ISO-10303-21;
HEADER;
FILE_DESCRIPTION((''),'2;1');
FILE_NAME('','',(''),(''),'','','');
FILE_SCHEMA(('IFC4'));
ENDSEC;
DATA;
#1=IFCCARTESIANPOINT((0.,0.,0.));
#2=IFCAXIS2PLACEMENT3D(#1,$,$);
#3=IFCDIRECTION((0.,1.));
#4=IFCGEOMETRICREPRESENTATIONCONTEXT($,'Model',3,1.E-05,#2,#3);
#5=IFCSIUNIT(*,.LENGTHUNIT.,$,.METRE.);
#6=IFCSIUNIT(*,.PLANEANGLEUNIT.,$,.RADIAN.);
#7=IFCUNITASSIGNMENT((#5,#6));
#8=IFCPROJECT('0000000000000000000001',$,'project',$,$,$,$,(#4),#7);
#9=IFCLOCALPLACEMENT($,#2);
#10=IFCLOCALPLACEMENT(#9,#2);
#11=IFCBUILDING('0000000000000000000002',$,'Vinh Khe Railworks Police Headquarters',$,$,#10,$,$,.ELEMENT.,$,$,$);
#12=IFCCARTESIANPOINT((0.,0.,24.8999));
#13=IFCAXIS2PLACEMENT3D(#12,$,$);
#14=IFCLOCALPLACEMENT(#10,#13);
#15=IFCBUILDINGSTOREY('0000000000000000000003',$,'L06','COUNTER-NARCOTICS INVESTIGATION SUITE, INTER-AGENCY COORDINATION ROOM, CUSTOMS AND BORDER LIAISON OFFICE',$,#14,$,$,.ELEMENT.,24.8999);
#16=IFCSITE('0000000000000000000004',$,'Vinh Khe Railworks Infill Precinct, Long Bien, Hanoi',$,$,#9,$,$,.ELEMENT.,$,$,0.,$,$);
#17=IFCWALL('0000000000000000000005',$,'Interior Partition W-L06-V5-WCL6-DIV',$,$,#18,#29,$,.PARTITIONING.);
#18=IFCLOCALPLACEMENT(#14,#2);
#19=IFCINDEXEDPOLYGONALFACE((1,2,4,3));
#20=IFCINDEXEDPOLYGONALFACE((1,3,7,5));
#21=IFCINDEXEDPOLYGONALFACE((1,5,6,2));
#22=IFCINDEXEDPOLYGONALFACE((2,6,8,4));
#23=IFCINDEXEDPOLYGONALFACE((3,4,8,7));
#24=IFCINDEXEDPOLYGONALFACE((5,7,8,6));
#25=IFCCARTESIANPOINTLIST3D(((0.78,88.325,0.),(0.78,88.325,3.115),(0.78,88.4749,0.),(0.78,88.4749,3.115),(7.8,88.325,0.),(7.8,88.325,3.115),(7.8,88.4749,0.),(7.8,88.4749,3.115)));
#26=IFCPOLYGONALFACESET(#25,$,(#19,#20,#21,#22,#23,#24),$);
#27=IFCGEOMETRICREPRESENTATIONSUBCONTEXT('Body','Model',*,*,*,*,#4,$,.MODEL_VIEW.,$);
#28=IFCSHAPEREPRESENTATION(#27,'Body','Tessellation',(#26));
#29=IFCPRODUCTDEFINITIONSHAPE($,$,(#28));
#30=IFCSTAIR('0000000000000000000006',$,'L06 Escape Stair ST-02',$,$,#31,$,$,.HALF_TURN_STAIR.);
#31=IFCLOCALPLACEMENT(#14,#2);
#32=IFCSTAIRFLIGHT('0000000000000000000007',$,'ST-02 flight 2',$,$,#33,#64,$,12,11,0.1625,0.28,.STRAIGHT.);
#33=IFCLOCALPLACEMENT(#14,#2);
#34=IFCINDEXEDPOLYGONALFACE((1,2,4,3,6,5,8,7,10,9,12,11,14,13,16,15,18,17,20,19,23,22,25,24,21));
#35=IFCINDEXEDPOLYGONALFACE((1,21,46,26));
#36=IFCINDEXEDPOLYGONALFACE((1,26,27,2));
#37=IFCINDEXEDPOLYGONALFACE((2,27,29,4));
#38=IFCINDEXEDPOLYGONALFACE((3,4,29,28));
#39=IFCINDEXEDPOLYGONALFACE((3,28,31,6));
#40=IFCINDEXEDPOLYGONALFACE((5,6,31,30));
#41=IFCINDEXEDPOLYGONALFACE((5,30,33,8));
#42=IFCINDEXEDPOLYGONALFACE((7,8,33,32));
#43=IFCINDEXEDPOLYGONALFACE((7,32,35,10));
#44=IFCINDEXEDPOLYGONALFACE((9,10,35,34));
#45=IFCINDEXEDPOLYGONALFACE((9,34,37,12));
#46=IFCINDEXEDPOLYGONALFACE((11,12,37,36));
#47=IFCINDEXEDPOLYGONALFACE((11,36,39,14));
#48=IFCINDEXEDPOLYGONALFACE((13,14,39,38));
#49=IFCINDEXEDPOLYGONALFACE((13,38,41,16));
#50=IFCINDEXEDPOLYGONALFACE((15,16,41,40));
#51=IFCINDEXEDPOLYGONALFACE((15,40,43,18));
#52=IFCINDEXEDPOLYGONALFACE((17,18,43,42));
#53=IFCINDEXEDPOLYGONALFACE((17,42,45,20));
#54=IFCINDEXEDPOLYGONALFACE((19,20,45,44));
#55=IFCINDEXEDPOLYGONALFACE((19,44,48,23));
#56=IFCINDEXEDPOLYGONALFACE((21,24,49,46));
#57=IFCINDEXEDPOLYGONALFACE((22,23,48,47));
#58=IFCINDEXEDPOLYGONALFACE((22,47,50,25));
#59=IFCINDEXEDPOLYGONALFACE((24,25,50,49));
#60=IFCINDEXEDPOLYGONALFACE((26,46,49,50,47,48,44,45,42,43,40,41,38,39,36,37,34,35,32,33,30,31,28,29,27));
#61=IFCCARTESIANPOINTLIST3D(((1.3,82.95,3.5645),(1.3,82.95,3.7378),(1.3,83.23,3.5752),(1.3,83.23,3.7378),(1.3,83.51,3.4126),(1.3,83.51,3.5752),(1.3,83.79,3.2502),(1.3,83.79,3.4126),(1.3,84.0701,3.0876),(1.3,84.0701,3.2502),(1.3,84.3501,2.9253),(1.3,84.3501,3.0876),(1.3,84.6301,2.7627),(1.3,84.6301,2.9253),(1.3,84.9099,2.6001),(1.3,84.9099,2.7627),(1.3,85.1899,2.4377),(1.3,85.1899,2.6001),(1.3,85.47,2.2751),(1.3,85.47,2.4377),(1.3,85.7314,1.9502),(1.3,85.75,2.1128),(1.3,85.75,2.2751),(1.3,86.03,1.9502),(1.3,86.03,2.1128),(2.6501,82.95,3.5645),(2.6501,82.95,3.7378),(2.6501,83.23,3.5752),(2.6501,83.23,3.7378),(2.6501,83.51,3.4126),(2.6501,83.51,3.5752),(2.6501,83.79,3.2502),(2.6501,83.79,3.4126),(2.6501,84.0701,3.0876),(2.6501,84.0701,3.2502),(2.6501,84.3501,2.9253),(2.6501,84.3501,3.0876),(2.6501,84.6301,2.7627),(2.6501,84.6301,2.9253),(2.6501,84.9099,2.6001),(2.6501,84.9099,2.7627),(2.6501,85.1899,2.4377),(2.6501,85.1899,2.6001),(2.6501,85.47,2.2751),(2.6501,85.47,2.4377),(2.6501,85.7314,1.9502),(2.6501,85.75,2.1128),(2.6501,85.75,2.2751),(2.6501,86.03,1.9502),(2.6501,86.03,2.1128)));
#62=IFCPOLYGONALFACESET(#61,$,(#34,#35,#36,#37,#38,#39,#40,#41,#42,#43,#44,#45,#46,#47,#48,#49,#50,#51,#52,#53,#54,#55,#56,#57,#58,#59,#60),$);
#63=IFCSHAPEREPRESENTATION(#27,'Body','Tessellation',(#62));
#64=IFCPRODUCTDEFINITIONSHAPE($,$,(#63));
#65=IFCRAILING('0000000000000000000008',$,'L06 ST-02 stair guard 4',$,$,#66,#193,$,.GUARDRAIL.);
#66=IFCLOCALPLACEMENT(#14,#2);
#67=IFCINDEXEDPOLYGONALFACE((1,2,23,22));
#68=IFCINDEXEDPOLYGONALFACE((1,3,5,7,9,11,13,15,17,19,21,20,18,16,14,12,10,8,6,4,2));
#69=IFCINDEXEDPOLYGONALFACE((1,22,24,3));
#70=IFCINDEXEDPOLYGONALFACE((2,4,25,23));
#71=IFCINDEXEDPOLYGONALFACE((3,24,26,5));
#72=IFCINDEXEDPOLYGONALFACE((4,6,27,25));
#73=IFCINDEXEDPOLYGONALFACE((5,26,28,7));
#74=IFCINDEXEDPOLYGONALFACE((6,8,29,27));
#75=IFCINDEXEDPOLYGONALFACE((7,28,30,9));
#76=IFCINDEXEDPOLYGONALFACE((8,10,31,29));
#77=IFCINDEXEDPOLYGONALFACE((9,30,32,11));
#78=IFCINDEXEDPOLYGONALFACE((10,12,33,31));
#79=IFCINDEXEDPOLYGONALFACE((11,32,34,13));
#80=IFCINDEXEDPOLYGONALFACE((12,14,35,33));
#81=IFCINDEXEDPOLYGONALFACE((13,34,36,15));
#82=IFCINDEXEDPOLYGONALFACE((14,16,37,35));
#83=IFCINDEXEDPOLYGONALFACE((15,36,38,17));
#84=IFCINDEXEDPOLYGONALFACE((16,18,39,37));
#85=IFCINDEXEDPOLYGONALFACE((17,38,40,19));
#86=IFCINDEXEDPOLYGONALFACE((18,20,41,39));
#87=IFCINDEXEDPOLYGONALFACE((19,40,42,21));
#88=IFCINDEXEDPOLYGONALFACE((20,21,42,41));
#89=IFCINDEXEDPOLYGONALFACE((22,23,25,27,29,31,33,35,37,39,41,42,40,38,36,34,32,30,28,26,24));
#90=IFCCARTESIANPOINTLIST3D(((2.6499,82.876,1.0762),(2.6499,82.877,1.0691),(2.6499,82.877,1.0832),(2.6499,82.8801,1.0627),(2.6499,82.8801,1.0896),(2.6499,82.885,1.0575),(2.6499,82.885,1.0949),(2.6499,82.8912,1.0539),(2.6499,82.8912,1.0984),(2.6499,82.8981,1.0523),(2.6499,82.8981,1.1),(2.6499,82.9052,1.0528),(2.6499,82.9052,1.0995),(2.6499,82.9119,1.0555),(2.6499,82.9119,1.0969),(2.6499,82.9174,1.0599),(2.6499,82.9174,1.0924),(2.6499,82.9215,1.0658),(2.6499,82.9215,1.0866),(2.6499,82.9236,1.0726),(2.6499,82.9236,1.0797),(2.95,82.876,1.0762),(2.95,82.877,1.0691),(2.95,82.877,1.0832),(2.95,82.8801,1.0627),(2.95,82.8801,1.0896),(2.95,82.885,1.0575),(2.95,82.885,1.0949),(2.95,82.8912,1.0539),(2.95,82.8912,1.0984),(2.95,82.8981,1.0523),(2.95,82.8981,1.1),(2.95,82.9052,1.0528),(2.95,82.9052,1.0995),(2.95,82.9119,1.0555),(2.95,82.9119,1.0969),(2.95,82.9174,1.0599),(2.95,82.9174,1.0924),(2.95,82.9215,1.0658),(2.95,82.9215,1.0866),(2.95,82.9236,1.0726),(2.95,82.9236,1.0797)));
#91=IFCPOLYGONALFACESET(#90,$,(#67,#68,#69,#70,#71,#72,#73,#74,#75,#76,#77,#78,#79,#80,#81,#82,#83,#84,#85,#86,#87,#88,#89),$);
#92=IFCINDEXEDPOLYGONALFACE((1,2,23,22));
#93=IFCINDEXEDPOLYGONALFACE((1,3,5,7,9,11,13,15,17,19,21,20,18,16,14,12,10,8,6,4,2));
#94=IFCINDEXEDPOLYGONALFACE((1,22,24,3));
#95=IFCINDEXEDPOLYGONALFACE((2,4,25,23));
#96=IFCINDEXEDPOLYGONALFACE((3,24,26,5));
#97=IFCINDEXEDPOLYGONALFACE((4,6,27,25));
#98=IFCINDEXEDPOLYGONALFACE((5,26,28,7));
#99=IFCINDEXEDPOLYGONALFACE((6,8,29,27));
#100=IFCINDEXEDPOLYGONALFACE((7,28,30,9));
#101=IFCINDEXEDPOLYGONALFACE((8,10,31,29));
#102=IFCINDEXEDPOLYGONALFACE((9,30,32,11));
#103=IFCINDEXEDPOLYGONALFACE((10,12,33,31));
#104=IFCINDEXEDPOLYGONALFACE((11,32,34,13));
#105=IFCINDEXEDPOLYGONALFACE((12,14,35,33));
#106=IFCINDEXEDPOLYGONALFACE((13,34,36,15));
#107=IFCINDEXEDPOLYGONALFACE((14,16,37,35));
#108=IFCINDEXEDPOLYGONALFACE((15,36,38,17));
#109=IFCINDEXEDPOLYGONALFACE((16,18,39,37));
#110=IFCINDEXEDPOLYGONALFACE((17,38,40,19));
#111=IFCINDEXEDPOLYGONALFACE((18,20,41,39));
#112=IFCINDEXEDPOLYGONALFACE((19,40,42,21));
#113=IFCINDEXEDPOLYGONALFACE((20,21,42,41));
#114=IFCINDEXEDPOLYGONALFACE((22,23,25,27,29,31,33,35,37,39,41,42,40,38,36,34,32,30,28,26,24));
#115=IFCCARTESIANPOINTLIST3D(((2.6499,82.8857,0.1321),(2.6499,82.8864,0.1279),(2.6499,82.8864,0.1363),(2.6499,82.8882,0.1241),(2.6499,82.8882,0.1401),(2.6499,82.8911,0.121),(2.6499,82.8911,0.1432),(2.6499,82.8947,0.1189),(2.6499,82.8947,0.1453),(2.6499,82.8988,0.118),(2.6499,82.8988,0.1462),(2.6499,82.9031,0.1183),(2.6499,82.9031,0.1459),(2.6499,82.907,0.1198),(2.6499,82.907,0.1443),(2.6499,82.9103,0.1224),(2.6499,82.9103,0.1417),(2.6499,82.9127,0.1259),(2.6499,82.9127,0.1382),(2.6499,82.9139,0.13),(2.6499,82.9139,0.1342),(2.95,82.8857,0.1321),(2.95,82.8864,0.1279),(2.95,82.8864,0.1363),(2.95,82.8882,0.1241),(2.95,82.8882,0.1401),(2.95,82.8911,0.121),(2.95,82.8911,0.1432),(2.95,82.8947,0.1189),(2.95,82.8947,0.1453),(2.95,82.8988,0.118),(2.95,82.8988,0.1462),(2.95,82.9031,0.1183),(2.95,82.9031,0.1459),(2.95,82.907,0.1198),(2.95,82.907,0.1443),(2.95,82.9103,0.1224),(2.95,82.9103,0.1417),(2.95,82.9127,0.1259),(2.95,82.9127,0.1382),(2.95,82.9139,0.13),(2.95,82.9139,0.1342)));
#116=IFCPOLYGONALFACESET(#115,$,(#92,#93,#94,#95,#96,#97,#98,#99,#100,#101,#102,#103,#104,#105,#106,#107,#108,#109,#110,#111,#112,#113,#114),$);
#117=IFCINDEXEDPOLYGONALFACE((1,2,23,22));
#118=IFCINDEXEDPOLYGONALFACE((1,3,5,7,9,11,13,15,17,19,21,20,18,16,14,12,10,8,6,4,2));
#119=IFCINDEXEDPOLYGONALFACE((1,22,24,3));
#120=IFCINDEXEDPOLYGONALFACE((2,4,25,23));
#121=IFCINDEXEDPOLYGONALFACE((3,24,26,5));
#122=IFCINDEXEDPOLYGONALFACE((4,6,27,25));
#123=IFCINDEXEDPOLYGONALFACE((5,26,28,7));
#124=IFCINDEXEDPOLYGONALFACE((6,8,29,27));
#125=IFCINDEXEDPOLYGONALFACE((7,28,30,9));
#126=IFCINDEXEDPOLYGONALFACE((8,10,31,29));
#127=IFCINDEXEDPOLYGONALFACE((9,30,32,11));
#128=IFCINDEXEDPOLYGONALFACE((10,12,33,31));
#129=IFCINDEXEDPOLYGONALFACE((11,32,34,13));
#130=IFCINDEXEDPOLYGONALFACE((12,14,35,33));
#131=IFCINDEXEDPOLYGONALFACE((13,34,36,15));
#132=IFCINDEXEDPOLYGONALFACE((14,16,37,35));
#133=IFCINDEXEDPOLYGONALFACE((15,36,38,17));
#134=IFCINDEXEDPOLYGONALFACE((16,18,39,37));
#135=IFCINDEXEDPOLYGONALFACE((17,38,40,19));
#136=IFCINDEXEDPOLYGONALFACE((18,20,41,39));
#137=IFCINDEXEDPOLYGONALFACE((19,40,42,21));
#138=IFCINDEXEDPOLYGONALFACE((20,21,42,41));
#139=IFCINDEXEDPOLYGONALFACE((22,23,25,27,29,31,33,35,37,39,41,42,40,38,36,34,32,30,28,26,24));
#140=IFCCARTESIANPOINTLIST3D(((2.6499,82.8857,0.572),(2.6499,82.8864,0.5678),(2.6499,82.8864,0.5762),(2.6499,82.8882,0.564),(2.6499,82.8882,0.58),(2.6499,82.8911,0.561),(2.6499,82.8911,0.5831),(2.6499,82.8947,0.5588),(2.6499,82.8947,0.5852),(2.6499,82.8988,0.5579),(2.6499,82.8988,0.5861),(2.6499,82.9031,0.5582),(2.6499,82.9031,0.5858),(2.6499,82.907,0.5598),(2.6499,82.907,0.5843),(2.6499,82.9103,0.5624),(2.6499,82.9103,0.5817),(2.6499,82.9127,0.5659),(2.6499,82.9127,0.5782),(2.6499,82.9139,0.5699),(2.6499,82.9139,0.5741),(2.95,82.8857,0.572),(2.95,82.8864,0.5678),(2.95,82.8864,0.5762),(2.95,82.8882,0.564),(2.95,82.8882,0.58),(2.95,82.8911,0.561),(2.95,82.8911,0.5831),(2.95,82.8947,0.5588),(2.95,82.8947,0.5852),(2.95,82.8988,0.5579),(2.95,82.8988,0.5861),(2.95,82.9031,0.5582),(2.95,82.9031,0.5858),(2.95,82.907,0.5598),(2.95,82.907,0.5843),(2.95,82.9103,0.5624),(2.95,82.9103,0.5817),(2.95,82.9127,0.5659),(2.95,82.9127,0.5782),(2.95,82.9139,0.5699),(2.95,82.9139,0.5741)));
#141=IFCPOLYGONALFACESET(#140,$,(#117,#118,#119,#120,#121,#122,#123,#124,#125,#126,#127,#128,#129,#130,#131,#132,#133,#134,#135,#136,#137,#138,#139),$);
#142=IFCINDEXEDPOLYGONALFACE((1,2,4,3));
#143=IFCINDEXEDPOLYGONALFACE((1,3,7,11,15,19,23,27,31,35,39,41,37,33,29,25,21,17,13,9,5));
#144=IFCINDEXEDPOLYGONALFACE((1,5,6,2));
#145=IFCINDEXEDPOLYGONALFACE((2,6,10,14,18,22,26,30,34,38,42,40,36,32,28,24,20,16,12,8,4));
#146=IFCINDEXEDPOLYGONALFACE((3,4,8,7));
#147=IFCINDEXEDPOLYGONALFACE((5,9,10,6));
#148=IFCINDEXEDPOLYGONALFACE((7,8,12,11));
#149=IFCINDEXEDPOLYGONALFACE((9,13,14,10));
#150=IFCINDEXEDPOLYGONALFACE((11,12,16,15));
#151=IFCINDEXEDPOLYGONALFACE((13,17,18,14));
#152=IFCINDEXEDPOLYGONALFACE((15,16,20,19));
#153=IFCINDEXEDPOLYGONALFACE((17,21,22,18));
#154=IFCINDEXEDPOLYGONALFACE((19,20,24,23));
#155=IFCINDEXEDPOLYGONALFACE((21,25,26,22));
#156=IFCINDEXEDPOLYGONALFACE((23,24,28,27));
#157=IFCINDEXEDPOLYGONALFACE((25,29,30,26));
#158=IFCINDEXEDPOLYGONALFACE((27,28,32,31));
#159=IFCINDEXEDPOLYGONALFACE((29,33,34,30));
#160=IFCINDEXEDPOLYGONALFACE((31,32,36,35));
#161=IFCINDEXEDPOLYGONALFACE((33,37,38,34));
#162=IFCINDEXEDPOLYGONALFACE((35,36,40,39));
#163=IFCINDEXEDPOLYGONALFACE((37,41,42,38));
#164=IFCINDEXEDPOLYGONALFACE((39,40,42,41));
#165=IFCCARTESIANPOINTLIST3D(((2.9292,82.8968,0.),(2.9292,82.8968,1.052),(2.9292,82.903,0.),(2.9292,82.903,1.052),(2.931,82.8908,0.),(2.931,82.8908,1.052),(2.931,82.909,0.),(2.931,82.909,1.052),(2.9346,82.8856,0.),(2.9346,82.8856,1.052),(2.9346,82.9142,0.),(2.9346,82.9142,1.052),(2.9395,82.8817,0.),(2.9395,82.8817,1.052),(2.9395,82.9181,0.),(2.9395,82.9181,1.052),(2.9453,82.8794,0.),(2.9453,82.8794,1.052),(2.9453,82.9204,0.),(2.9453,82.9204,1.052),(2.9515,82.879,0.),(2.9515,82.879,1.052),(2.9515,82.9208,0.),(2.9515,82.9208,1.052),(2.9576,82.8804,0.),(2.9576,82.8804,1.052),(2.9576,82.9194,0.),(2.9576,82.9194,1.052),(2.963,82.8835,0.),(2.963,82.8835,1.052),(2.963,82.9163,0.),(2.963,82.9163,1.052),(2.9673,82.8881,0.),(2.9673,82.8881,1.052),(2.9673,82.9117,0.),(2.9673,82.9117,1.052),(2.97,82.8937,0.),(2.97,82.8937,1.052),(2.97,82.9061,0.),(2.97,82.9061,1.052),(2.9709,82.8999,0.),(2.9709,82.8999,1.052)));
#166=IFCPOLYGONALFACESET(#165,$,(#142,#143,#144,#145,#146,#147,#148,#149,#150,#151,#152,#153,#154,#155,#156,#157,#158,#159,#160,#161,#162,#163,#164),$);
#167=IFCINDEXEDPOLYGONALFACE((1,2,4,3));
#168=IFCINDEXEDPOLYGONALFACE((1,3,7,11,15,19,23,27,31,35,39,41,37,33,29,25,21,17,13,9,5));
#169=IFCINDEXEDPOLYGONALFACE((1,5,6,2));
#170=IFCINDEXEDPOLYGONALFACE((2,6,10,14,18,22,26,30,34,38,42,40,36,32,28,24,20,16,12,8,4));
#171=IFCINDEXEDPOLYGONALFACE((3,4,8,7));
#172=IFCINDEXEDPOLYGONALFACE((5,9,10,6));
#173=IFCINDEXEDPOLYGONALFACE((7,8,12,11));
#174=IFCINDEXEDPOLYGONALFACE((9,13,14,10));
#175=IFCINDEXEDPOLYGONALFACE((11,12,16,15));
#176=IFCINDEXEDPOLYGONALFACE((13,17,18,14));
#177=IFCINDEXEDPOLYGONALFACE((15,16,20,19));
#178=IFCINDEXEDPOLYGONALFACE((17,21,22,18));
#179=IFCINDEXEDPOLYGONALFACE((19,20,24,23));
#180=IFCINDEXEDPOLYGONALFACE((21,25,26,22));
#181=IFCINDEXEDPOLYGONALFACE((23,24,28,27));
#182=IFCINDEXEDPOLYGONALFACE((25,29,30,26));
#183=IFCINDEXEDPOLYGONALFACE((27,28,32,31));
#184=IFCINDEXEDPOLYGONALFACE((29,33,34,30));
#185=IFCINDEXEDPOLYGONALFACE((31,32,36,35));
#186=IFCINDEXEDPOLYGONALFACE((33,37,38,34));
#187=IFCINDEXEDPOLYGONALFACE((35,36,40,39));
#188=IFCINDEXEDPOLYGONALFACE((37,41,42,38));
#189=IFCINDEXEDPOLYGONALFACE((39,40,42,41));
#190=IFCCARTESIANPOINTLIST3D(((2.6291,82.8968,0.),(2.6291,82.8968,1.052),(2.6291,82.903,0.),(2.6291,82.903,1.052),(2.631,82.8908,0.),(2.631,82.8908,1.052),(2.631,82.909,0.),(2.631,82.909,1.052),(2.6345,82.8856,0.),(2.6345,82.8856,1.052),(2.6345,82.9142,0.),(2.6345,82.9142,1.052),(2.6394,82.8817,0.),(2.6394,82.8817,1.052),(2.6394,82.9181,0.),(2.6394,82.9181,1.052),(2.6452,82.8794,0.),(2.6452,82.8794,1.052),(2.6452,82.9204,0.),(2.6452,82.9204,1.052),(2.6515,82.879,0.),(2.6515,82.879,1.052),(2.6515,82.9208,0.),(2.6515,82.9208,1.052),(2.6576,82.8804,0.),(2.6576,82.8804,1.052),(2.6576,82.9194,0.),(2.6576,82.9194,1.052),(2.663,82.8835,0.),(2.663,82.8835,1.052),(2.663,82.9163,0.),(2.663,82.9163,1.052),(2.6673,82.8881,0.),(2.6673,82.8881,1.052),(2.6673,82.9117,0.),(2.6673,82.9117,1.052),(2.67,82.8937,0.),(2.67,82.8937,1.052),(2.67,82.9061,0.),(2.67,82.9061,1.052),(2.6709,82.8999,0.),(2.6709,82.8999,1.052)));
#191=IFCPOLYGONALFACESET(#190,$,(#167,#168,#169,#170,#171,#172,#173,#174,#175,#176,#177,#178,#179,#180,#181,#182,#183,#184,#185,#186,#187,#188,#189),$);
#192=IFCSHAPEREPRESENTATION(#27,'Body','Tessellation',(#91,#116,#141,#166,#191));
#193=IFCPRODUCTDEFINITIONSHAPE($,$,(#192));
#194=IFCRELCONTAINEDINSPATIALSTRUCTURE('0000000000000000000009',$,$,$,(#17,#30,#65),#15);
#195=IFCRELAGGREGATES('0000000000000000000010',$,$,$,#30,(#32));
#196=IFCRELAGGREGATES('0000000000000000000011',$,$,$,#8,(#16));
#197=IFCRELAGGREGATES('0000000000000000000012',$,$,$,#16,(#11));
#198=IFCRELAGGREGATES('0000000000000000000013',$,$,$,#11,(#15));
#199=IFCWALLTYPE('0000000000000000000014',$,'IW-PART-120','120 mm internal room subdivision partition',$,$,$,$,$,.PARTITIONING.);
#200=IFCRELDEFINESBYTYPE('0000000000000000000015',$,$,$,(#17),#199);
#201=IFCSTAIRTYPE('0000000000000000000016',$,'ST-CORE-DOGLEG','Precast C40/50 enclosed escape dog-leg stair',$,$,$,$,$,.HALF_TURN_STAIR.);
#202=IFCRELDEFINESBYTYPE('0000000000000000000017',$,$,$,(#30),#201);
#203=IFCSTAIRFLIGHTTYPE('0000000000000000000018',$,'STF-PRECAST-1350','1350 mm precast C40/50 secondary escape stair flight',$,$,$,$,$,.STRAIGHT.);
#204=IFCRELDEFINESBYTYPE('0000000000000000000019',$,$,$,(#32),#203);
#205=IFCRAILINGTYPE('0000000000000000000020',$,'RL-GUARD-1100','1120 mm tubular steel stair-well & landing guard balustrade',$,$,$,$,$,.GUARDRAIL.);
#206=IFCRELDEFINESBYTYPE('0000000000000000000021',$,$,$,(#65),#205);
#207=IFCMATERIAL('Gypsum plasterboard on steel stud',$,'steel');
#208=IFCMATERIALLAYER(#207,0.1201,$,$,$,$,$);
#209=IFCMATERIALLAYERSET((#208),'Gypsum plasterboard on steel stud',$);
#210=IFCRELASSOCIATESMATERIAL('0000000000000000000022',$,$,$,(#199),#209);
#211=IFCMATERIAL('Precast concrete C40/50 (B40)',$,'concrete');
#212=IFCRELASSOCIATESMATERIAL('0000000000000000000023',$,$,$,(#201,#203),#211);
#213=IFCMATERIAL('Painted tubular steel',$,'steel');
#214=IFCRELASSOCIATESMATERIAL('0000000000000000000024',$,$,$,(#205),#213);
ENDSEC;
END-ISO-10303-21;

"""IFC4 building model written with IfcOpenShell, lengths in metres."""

from ifc_helpers import new_model, si_unit, direction, frame, frame_2d, origin, origin_2d, place, context, subcontext, project, spatial, polyline, rectangle, circle, outline, extrude, material, layer, layer_set, type_object, element, aggregate, save


model = new_model("IFC4")

# Units and contexts
model_context = context("Model", 3, precision=1e-05, world=origin(), true_north=direction((0.0, 1.0)))
body_context = subcontext(model_context, "Body", "Model", "MODEL_VIEW")
ifc_project = project(units=[si_unit("LENGTHUNIT", "METRE"), si_unit("PLANEANGLEUNIT", "RADIAN")], contexts=[model_context])

# Site, building, storey
site_placement = place(None, origin())
site = spatial("IfcSite", under=ifc_project, at=site_placement, Name="Vinh Khe Railworks Infill Precinct, Long Bien, Hanoi", CompositionType="ELEMENT", RefElevation=0.0)
building_placement = place(site_placement, origin())
building = spatial("IfcBuilding", under=site, at=building_placement, Name="Vinh Khe Railworks Police Headquarters", CompositionType="ELEMENT")
storey_placement = place(building_placement, frame((0.0, 0.0, 24.8999)))
storey = spatial("IfcBuildingStorey", under=building, at=storey_placement, Name="L06", Description="COUNTER-NARCOTICS INVESTIGATION SUITE, INTER-AGENCY COORDINATION ROOM, CUSTOMS AND BORDER LIAISON OFFICE", CompositionType="ELEMENT", Elevation=24.8999)

# Shared definitions
ifc_material_1 = material(Name="Gypsum plasterboard on steel stud", Category="steel")
ifc_layer_1 = layer(ifc_material_1, 0.1201)
ifc_layer_set_1 = layer_set([ifc_layer_1], Name="Gypsum plasterboard on steel stud")
wall_type_1 = type_object("IfcWallType", Name="IW-PART-120", Description="120 mm internal room subdivision partition", PredefinedType="PARTITIONING", material=ifc_layer_set_1)

# Wall
wall_1_placement = place(storey_placement, frame((0.78, 88.3999, 0.0), z_axis=(0.0, 0.0, 1.0), x_axis=(1.0, 0.0, 0.0)))
element("IfcWall", 1, at=wall_1_placement, inside=storey, type_object=wall_type_1, Name="Interior Partition W-L06-V5-WCL6-DIV", PredefinedType="PARTITIONING", context=body_context, shape_type="SweptSolid", body=[
    extrude(rectangle(XDim=7.02, YDim=0.1499, at=frame_2d((3.51, 0.0))), origin(), (0.0, 0.0, 1.0), 3.115),
])

# Stair, stair flight
ifc_material_2 = material(Name="Precast concrete C40/50 (B40)", Category="concrete")
stair_type = type_object("IfcStairType", Name="ST-CORE-DOGLEG", Description="Precast C40/50 enclosed escape dog-leg stair", PredefinedType="HALF_TURN_STAIR", material=ifc_material_2)
stair_placement = place(storey_placement, origin())
stair = element("IfcStair", 2, at=stair_placement, inside=storey, type_object=stair_type, Name="L06 Escape Stair ST-02", PredefinedType="HALF_TURN_STAIR")
stair_flight_type = type_object("IfcStairFlightType", Name="STF-PRECAST-1350", Description="1350 mm precast C40/50 secondary escape stair flight", PredefinedType="STRAIGHT", material=ifc_material_2)
stair_flight_placement = place(storey_placement, frame((1.9751, 86.03, 1.9502), z_axis=(0.0, 0.0, 1.0), x_axis=(0.0, -1.0, 0.0)))
stair_flight = element("IfcStairFlight", 3, at=stair_flight_placement, type_object=stair_flight_type, Name="ST-02 flight 2", NumberOfRisers=12, NumberOfTreads=11, PredefinedType="STRAIGHT", RiserHeight=0.1625, TreadLength=0.28, context=body_context, shape_type="SweptSolid", body=[
    extrude(outline(polyline([(0.0, 0.0), (0.0, 0.1626), (0.28, 0.1626), (0.28, 0.325), (0.5601, 0.325), (0.5601, 0.4875), (0.8401, 0.4875), (0.8401, 0.6499), (1.1201, 0.6499), (1.1201, 0.8125), (1.3999, 0.8125), (1.3999, 0.9751), (1.6799, 0.9751), (1.6799, 1.1375), (1.96, 1.1375), (1.96, 1.3), (2.24, 1.3), (2.24, 1.4624), (2.52, 1.4624), (2.52, 1.625), (2.8, 1.625), (2.8, 1.7876), (3.0801, 1.7876), (3.0801, 1.95), (3.0801, 1.6143), (0.2986, 0.0), (0.0, 0.0)])), frame((0.0, 0.675, 0.0), z_axis=(0.0, -1.0, 0.0), x_axis=(1.0, 0.0, 0.0)), (0.0, 0.0, 1.0), 1.3501),
])
aggregate(stair, [stair_flight])

# Railing
ifc_material_3 = material(Name="Painted tubular steel", Category="steel")
railing_type_1 = type_object("IfcRailingType", Name="RL-GUARD-1100", Description="1120 mm tubular steel stair-well & landing guard balustrade", PredefinedType="GUARDRAIL", material=ifc_material_3)
railing_1_placement = place(storey_placement, frame((2.95, 82.8999, 0.0)))
element("IfcRailing", 4, at=railing_1_placement, inside=storey, type_object=railing_type_1, Name="L06 ST-02 stair guard 4", PredefinedType="GUARDRAIL", context=body_context, shape_type="SweptSolid", body=[
    extrude(circle(Radius=0.0239, at=origin_2d()), frame((0.0, 0.0, 1.0762), z_axis=(-1.0, 0.0, 0.0), x_axis=(0.0, -1.0, 0.0)), (0.0, 0.0, 1.0), 0.3),
    extrude(circle(Radius=0.0142, at=origin_2d()), frame((0.0, 0.0, 0.1321), z_axis=(-1.0, 0.0, 0.0), x_axis=(0.0, -1.0, 0.0)), (0.0, 0.0, 1.0), 0.3),
    extrude(circle(Radius=0.0142, at=origin_2d()), frame((0.0, 0.0, 0.572), z_axis=(-1.0, 0.0, 0.0), x_axis=(0.0, -1.0, 0.0)), (0.0, 0.0, 1.0), 0.3),
    extrude(circle(Radius=0.021, at=origin_2d()), origin(), (0.0, 0.0, 1.0), 1.052),
    extrude(circle(Radius=0.021, at=origin_2d()), frame((-0.3, 0.0, 0.0)), (0.0, 0.0, 1.0), 1.052),
])

save(model, "model.ifc")
